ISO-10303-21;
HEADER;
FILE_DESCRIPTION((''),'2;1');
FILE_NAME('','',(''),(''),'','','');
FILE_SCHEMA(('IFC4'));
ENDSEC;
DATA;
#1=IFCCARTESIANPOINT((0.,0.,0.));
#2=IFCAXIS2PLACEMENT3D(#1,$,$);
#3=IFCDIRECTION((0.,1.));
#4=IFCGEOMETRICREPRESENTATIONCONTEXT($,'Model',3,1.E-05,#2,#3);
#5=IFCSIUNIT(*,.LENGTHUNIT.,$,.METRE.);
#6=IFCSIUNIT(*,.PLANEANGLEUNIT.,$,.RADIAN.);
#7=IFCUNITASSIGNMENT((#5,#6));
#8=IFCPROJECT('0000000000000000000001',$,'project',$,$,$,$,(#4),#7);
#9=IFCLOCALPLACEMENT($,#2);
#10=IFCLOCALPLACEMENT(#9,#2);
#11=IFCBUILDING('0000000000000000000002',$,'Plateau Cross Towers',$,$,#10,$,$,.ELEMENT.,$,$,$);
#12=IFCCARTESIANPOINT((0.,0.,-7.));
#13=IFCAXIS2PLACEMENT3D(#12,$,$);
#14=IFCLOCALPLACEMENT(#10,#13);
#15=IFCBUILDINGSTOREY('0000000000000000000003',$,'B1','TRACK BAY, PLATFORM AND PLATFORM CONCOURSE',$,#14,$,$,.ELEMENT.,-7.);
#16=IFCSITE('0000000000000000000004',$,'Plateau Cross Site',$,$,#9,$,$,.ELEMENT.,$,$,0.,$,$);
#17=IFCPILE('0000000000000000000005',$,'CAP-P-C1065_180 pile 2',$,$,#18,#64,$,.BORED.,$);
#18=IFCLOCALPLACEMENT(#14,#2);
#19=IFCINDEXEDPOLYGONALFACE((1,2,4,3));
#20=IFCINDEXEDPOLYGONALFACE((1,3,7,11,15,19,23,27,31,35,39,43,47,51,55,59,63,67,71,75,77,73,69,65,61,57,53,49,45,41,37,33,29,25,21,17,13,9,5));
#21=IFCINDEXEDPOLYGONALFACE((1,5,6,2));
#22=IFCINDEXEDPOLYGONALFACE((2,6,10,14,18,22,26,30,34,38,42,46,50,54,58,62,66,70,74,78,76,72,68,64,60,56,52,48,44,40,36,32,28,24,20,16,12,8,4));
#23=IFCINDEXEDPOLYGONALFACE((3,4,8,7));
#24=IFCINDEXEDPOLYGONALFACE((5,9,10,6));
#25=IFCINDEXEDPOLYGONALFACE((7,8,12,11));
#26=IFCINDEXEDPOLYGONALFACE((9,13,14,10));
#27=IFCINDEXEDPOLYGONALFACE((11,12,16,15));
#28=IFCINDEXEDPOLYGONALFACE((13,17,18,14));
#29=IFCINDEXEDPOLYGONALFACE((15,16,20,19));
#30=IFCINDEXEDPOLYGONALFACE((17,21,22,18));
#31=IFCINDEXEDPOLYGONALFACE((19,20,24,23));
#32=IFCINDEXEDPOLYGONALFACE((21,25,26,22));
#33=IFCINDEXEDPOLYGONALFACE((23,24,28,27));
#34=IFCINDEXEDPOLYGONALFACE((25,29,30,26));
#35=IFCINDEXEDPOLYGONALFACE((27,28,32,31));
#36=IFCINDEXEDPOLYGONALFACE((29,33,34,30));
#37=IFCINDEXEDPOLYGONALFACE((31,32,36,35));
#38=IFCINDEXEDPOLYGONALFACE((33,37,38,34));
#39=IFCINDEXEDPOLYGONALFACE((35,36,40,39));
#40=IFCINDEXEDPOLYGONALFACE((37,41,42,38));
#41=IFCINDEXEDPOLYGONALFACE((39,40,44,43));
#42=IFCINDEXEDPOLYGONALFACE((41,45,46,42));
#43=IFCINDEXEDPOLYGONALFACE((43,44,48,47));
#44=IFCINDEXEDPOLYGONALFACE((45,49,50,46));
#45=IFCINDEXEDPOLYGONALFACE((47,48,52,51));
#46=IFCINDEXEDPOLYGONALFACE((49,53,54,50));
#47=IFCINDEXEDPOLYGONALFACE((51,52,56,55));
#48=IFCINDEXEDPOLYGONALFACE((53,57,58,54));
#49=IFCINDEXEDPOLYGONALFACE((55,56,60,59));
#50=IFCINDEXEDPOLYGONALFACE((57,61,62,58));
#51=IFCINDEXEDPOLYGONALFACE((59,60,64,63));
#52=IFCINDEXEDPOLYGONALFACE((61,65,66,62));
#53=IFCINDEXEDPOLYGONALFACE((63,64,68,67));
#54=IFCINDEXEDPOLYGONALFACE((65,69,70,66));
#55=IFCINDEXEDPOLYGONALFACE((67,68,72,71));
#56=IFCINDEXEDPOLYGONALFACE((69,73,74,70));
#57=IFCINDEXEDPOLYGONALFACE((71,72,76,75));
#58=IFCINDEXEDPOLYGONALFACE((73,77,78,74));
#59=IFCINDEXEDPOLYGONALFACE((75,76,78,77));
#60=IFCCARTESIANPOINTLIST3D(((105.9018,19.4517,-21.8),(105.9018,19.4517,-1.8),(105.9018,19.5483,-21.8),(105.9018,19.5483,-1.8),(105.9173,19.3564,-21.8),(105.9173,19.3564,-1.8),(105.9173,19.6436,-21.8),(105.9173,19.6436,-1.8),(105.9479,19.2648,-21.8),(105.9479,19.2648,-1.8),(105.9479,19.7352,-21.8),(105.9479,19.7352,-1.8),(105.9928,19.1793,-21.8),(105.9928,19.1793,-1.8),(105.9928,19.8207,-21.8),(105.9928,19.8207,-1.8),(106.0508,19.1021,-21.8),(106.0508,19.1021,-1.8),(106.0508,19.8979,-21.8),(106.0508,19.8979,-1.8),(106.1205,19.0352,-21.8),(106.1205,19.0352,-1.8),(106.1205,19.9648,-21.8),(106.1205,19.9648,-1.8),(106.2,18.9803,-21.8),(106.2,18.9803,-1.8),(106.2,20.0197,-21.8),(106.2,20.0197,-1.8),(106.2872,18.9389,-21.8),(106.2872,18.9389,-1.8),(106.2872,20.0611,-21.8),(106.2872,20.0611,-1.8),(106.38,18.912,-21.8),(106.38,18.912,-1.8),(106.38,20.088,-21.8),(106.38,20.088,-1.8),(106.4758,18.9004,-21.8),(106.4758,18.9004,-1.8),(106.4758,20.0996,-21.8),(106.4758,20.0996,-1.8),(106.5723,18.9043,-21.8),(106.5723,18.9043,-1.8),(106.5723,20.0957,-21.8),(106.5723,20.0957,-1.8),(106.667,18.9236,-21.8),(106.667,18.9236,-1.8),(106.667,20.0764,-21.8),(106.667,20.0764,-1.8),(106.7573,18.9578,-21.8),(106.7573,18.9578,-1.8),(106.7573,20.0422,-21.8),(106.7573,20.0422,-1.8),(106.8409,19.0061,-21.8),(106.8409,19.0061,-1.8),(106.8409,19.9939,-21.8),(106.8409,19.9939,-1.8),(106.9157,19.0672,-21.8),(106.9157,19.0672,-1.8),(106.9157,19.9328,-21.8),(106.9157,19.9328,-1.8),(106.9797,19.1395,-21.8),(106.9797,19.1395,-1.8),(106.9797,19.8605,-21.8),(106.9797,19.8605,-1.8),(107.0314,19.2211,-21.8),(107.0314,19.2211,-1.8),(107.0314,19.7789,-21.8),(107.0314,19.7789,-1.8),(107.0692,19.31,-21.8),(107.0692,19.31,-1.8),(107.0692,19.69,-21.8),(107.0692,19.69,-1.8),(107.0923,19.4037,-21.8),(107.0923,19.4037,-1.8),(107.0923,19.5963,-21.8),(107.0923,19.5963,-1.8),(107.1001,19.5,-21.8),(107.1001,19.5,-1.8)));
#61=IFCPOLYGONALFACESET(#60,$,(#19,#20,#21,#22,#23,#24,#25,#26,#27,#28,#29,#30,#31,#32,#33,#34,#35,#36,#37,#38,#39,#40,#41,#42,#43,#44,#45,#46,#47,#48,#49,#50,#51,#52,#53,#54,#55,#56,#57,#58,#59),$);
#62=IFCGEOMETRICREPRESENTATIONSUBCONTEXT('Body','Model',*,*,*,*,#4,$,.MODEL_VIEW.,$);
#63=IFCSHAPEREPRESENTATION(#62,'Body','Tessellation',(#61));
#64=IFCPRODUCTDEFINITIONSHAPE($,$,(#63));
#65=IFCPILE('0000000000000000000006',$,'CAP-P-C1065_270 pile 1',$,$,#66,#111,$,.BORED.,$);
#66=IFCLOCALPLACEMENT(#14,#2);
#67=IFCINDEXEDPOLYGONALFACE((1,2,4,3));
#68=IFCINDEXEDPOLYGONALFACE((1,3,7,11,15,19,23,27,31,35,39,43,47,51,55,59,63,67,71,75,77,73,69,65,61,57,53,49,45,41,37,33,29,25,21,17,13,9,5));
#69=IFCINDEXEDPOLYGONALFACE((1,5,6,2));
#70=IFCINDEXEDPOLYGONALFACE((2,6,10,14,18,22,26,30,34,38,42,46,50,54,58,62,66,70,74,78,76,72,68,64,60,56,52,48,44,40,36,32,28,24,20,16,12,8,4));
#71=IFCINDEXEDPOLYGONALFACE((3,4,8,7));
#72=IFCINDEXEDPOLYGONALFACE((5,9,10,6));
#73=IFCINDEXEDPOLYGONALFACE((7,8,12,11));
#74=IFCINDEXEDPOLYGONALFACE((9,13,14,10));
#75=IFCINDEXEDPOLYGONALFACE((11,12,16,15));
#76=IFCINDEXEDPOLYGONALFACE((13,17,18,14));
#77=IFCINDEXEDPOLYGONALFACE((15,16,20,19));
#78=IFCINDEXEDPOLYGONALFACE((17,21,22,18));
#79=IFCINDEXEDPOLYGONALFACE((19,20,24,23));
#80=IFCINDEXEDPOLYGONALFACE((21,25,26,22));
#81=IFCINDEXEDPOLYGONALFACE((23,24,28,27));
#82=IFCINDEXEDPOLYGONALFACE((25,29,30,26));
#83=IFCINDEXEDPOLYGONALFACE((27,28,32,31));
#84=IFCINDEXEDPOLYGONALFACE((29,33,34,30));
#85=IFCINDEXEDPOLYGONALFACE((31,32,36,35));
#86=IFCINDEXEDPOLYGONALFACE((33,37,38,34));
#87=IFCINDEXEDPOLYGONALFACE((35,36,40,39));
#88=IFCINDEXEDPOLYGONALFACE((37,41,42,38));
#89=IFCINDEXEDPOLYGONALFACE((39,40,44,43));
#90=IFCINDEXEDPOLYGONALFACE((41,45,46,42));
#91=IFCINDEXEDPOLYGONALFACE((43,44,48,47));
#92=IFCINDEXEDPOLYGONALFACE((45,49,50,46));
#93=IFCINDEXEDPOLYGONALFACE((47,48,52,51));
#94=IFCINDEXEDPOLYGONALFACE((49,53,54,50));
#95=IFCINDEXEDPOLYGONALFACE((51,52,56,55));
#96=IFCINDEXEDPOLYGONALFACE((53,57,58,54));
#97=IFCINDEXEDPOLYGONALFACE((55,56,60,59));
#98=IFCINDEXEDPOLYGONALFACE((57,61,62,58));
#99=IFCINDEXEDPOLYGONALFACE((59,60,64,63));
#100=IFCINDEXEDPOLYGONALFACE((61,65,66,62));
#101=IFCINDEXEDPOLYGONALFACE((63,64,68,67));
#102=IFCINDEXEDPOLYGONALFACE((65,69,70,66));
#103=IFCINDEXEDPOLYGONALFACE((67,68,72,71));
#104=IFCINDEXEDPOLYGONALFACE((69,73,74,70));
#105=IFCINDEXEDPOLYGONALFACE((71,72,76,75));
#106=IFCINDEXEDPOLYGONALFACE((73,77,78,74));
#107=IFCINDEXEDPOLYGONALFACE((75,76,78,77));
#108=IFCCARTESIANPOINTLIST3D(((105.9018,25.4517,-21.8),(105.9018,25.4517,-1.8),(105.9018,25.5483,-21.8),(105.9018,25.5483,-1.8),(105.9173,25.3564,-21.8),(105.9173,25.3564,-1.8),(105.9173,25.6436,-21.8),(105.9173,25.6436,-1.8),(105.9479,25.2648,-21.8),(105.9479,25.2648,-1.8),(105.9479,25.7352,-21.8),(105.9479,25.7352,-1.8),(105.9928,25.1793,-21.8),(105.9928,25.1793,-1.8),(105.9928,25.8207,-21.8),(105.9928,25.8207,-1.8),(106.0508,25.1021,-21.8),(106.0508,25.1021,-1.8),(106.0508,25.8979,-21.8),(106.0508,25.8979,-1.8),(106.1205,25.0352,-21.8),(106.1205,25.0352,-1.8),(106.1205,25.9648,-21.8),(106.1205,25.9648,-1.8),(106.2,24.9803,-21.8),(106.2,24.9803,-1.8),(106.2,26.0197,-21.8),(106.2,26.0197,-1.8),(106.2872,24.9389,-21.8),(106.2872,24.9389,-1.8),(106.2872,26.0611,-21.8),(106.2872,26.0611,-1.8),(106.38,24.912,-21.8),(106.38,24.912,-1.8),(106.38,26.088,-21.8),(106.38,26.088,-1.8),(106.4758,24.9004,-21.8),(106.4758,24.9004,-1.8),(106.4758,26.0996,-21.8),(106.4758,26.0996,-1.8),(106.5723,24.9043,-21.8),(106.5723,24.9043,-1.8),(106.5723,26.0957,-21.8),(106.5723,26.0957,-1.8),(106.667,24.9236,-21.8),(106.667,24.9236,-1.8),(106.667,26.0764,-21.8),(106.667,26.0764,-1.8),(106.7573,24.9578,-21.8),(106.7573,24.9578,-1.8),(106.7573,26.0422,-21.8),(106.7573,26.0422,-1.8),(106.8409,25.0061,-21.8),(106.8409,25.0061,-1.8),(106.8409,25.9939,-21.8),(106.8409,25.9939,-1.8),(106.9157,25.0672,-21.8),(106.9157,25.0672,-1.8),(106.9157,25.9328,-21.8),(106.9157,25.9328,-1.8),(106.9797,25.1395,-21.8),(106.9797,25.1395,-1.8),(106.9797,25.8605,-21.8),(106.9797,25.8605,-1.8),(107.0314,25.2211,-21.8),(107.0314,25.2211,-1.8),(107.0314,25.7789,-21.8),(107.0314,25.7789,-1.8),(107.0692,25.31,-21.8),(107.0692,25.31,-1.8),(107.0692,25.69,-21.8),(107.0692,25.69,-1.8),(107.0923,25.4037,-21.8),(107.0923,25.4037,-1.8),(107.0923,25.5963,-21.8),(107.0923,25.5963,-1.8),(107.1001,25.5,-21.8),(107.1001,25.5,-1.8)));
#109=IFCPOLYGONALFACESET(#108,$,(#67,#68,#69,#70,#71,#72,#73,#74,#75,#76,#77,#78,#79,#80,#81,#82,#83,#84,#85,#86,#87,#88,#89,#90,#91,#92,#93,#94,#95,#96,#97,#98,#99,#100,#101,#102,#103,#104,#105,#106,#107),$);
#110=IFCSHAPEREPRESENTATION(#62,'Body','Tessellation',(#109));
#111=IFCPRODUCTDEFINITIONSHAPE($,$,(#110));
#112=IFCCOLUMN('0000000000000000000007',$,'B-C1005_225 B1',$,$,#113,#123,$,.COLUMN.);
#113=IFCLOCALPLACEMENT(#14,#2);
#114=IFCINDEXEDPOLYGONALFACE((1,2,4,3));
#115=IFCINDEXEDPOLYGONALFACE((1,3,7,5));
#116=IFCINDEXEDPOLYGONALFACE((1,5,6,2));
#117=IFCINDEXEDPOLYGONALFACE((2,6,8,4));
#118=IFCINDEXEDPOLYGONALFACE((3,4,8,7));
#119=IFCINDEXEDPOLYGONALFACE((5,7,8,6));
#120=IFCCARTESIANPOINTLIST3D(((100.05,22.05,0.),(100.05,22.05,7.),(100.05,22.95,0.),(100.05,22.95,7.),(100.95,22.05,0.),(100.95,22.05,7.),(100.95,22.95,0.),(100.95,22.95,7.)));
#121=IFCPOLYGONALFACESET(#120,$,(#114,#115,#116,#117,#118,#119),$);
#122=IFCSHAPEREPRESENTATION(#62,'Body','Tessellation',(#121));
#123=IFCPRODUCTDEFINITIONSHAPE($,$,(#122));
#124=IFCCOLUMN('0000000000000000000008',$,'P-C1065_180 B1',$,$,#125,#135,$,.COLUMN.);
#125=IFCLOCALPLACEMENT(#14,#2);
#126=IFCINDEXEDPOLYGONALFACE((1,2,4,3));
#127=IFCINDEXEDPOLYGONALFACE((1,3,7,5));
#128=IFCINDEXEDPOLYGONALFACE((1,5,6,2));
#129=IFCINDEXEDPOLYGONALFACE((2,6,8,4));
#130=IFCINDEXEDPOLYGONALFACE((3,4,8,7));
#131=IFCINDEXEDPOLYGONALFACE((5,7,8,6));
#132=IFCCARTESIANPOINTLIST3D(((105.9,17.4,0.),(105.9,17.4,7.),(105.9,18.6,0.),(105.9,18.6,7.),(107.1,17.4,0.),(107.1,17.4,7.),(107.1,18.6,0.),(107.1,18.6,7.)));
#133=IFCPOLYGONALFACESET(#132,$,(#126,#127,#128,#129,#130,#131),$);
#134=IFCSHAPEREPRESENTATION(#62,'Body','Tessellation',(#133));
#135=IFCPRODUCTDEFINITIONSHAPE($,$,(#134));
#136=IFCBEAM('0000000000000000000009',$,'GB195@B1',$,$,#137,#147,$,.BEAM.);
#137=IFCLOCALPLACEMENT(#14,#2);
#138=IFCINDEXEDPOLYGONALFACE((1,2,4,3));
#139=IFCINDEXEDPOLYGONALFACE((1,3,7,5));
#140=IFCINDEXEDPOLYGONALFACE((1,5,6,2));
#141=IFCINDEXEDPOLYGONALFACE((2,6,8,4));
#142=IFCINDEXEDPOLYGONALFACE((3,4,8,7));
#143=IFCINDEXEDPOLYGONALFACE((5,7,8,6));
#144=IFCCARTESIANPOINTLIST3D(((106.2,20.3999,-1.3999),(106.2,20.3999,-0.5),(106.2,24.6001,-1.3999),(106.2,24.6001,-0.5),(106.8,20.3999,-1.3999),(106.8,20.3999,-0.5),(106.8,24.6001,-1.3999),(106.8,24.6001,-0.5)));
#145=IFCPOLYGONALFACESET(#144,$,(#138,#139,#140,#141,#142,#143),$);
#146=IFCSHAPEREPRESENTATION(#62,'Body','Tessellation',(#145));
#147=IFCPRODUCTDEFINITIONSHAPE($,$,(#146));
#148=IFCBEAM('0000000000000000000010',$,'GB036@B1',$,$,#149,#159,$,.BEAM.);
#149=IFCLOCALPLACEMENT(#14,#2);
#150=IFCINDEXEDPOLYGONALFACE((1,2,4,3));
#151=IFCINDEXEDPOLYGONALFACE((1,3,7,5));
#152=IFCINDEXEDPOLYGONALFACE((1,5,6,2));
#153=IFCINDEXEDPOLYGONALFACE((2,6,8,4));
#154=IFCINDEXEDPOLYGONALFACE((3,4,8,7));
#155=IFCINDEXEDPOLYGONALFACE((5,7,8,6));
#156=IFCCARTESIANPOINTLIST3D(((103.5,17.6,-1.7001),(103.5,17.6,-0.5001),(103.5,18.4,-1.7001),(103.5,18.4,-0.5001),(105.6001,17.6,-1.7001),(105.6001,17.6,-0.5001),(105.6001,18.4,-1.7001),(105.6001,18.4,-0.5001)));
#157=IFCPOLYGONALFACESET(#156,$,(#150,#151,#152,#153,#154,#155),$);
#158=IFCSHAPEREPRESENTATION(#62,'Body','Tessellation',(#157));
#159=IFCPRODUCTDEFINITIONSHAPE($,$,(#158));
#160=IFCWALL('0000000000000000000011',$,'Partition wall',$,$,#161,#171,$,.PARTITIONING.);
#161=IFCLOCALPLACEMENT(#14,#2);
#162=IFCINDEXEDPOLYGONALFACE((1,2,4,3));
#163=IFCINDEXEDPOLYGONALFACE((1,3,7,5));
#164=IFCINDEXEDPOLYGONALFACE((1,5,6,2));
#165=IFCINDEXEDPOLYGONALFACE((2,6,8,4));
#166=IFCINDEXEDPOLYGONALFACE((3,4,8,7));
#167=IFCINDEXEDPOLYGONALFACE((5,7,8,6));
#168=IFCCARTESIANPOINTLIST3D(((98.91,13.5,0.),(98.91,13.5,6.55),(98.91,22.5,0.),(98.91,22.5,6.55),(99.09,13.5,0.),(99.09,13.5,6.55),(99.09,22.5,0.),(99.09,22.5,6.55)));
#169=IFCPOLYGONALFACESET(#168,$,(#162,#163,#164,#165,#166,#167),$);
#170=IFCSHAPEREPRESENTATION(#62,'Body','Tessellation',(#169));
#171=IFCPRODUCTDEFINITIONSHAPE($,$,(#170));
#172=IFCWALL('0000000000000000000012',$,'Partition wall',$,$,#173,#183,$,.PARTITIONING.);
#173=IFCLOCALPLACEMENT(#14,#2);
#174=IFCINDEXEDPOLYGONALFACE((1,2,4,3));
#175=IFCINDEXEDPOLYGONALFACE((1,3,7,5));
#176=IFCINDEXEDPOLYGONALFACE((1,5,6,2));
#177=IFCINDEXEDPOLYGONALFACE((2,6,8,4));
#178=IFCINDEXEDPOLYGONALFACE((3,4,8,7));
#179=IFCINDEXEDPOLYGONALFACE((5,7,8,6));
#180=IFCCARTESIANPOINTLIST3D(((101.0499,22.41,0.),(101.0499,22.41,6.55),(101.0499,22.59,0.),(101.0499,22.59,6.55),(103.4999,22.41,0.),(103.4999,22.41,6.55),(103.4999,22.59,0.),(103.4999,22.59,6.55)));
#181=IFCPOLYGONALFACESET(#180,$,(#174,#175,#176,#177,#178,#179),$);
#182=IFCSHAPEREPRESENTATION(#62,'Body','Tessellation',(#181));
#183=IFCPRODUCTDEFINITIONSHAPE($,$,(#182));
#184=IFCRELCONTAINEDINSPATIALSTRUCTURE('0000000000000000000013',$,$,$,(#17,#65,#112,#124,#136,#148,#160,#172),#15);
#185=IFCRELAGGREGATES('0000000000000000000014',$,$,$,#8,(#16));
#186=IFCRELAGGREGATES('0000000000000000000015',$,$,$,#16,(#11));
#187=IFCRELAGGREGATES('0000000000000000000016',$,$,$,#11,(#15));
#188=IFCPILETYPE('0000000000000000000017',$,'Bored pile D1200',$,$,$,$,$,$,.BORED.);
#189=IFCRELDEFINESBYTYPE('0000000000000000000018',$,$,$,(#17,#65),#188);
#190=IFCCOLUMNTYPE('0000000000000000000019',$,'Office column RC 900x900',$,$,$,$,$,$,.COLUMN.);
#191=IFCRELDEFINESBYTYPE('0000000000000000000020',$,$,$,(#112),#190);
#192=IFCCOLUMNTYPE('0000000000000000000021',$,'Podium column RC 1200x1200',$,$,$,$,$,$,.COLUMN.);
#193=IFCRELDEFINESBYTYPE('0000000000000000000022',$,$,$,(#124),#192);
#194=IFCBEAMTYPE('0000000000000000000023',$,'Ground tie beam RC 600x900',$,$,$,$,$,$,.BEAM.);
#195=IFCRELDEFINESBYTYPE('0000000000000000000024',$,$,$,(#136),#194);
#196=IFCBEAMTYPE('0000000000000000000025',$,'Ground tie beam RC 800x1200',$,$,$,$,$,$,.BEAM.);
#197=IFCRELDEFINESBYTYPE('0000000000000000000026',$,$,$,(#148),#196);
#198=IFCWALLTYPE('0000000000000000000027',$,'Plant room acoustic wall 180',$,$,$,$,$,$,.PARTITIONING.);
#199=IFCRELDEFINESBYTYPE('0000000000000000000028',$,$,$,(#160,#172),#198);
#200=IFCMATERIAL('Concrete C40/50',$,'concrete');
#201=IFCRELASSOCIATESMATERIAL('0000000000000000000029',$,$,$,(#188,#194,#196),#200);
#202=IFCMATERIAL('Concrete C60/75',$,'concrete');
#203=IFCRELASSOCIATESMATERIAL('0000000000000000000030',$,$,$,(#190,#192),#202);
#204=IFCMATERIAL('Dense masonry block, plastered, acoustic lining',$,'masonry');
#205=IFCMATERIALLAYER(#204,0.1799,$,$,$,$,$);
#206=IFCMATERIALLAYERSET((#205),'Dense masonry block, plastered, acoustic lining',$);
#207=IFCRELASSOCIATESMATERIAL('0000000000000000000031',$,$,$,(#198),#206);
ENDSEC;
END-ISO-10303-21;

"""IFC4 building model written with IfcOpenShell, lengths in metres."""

from ifc_helpers import new_model, si_unit, direction, frame, frame_2d, origin, origin_2d, place, context, subcontext, project, spatial, rectangle, circle, extrude, material, layer, layer_set, material_profile, profile_set, type_object, element, save


model = new_model("IFC4")

# Units and contexts
model_context = context("Model", 3, precision=1e-05, world=origin(), true_north=direction((0.0, 1.0)))
body_context = subcontext(model_context, "Body", "Model", "MODEL_VIEW")
ifc_project = project(units=[si_unit("LENGTHUNIT", "METRE"), si_unit("PLANEANGLEUNIT", "RADIAN")], contexts=[model_context])

# Site, building, storey
site_placement = place(None, origin())
site = spatial("IfcSite", under=ifc_project, at=site_placement, Name="Plateau Cross Site", CompositionType="ELEMENT", RefElevation=0.0)
building_placement = place(site_placement, origin())
building = spatial("IfcBuilding", under=site, at=building_placement, Name="Plateau Cross Towers", CompositionType="ELEMENT")
storey_placement = place(building_placement, frame((0.0, 0.0, -7.0)))
storey = spatial("IfcBuildingStorey", under=building, at=storey_placement, Name="B1", Description="TRACK BAY, PLATFORM AND PLATFORM CONCOURSE", CompositionType="ELEMENT", Elevation=-7.0)

# Piles
ifc_material_1 = material(Name="Concrete C40/50", Category="concrete")
ifc_material_profile_1 = material_profile(ifc_material_1, circle(Radius=0.6001, at=origin_2d()), Name="Bored pile D1200")
ifc_profile_set_1 = profile_set([ifc_material_profile_1], Name="Concrete C40/50")
pile_type = type_object("IfcPileType", Name="Bored pile D1200", PredefinedType="BORED", material=ifc_profile_set_1)
for number, where, z_axis, x_axis, name in (
    (1, (106.5, 19.5, -1.8), (0.0, 0.0, -1.0), (1.0, 0.0, 0.0), "CAP-P-C1065_180 pile 2"),
    (2, (106.5, 25.5, -1.8), (0.0, 0.0, -1.0), (1.0, 0.0, 0.0), "CAP-P-C1065_270 pile 1"),
):
    element("IfcPile", number, at=place(storey_placement, frame(where, z_axis=z_axis, x_axis=x_axis)), inside=storey, type_object=pile_type, Name=name, PredefinedType="BORED", context=body_context, shape_type="SweptSolid", body=[
        extrude(circle(Radius=0.6001, at=origin_2d()), origin(), (0.0, 0.0, 1.0), 20.0),
    ])

# Columns
ifc_material_2 = material(Name="Concrete C60/75", Category="concrete")
ifc_material_profile_2 = material_profile(ifc_material_2, rectangle(XDim=0.8999, YDim=0.8999, at=origin_2d()), Name="RC 900x900")
ifc_profile_set_2 = profile_set([ifc_material_profile_2], Name="Concrete C60/75")
column_type_1 = type_object("IfcColumnType", Name="Office column RC 900x900", PredefinedType="COLUMN", material=ifc_profile_set_2)
column_1_placement = place(storey_placement, frame((100.5, 22.5, 0.0), z_axis=(0.0, 0.0, 1.0), x_axis=(1.0, 0.0, 0.0)))
element("IfcColumn", 3, at=column_1_placement, inside=storey, type_object=column_type_1, Name="B-C1005_225 B1", PredefinedType="COLUMN", context=body_context, shape_type="SweptSolid", body=[
    extrude(rectangle(XDim=0.8999, YDim=0.8999, at=origin_2d()), origin(), (0.0, 0.0, 1.0), 7.0),
])
ifc_material_profile_3 = material_profile(ifc_material_2, rectangle(XDim=1.2, YDim=1.2, at=origin_2d()), Name="RC 1200x1200")
ifc_profile_set_3 = profile_set([ifc_material_profile_3], Name="Concrete C60/75")
column_type_2 = type_object("IfcColumnType", Name="Podium column RC 1200x1200", PredefinedType="COLUMN", material=ifc_profile_set_3)
column_2_placement = place(storey_placement, frame((106.5, 18.0, 0.0), z_axis=(0.0, 0.0, 1.0), x_axis=(1.0, 0.0, 0.0)))
element("IfcColumn", 4, at=column_2_placement, inside=storey, type_object=column_type_2, Name="P-C1065_180 B1", PredefinedType="COLUMN", context=body_context, shape_type="SweptSolid", body=[
    extrude(rectangle(XDim=1.2, YDim=1.2, at=origin_2d()), origin(), (0.0, 0.0, 1.0), 7.0),
])

# Beams
ifc_material_profile_4 = material_profile(ifc_material_1, rectangle(XDim=0.6001, YDim=0.8999, at=origin_2d()), Name="RC 600x900")
ifc_profile_set_4 = profile_set([ifc_material_profile_4], Name="Concrete C40/50")
beam_type_1 = type_object("IfcBeamType", Name="Ground tie beam RC 600x900", PredefinedType="BEAM", material=ifc_profile_set_4)
beam_1_placement = place(storey_placement, frame((106.5, 20.3999, -0.95), z_axis=(0.0, 1.0, 0.0), x_axis=(-1.0, 0.0, 0.0)))
element("IfcBeam", 5, at=beam_1_placement, inside=storey, type_object=beam_type_1, Name="GB195@B1", PredefinedType="BEAM", context=body_context, shape_type="SweptSolid", body=[
    extrude(rectangle(XDim=0.6001, YDim=0.8999, at=origin_2d()), origin(), (0.0, 0.0, 1.0), 4.2002),
])
ifc_material_profile_5 = material_profile(ifc_material_1, rectangle(XDim=0.8, YDim=1.2, at=origin_2d()), Name="RC 800x1200")
ifc_profile_set_5 = profile_set([ifc_material_profile_5], Name="Concrete C40/50")
beam_type_2 = type_object("IfcBeamType", Name="Ground tie beam RC 800x1200", PredefinedType="BEAM", material=ifc_profile_set_5)
beam_2_placement = place(storey_placement, frame((103.5, 18.0, -1.1001), z_axis=(1.0, 0.0, 0.0), x_axis=(0.0, 1.0, 0.0)))
element("IfcBeam", 6, at=beam_2_placement, inside=storey, type_object=beam_type_2, Name="GB036@B1", PredefinedType="BEAM", context=body_context, shape_type="SweptSolid", body=[
    extrude(rectangle(XDim=0.8, YDim=1.2, at=origin_2d()), origin(), (0.0, 0.0, 1.0), 2.1001),
])

# Walls
ifc_material_3 = material(Name="Dense masonry block, plastered, acoustic lining", Category="masonry")
ifc_layer_1 = layer(ifc_material_3, 0.1799)
ifc_layer_set_1 = layer_set([ifc_layer_1], Name="Dense masonry block, plastered, acoustic lining")
wall_type_1 = type_object("IfcWallType", Name="Plant room acoustic wall 180", PredefinedType="PARTITIONING", material=ifc_layer_set_1)
wall_1_placement = place(storey_placement, frame((99.0, 22.5, 0.0), z_axis=(0.0, 0.0, 1.0), x_axis=(0.0, -1.0, 0.0)))
element("IfcWall", 7, at=wall_1_placement, inside=storey, type_object=wall_type_1, Name="Partition wall", PredefinedType="PARTITIONING", context=body_context, shape_type="SweptSolid", body=[
    extrude(rectangle(XDim=9.0, YDim=0.1799, at=frame_2d((4.5, 0.0))), origin(), (0.0, 0.0, 1.0), 6.55),
])
wall_2_placement = place(storey_placement, frame((103.5, 22.5, 0.0), z_axis=(0.0, 0.0, 1.0), x_axis=(-1.0, 0.0, 0.0)))
element("IfcWall", 8, at=wall_2_placement, inside=storey, type_object=wall_type_1, Name="Partition wall", PredefinedType="PARTITIONING", context=body_context, shape_type="SweptSolid", body=[
    extrude(rectangle(XDim=2.45, YDim=0.1799, at=frame_2d((1.2251, 0.0))), origin(), (0.0, 0.0, 1.0), 6.55),
])

save(model, "model.ifc")
